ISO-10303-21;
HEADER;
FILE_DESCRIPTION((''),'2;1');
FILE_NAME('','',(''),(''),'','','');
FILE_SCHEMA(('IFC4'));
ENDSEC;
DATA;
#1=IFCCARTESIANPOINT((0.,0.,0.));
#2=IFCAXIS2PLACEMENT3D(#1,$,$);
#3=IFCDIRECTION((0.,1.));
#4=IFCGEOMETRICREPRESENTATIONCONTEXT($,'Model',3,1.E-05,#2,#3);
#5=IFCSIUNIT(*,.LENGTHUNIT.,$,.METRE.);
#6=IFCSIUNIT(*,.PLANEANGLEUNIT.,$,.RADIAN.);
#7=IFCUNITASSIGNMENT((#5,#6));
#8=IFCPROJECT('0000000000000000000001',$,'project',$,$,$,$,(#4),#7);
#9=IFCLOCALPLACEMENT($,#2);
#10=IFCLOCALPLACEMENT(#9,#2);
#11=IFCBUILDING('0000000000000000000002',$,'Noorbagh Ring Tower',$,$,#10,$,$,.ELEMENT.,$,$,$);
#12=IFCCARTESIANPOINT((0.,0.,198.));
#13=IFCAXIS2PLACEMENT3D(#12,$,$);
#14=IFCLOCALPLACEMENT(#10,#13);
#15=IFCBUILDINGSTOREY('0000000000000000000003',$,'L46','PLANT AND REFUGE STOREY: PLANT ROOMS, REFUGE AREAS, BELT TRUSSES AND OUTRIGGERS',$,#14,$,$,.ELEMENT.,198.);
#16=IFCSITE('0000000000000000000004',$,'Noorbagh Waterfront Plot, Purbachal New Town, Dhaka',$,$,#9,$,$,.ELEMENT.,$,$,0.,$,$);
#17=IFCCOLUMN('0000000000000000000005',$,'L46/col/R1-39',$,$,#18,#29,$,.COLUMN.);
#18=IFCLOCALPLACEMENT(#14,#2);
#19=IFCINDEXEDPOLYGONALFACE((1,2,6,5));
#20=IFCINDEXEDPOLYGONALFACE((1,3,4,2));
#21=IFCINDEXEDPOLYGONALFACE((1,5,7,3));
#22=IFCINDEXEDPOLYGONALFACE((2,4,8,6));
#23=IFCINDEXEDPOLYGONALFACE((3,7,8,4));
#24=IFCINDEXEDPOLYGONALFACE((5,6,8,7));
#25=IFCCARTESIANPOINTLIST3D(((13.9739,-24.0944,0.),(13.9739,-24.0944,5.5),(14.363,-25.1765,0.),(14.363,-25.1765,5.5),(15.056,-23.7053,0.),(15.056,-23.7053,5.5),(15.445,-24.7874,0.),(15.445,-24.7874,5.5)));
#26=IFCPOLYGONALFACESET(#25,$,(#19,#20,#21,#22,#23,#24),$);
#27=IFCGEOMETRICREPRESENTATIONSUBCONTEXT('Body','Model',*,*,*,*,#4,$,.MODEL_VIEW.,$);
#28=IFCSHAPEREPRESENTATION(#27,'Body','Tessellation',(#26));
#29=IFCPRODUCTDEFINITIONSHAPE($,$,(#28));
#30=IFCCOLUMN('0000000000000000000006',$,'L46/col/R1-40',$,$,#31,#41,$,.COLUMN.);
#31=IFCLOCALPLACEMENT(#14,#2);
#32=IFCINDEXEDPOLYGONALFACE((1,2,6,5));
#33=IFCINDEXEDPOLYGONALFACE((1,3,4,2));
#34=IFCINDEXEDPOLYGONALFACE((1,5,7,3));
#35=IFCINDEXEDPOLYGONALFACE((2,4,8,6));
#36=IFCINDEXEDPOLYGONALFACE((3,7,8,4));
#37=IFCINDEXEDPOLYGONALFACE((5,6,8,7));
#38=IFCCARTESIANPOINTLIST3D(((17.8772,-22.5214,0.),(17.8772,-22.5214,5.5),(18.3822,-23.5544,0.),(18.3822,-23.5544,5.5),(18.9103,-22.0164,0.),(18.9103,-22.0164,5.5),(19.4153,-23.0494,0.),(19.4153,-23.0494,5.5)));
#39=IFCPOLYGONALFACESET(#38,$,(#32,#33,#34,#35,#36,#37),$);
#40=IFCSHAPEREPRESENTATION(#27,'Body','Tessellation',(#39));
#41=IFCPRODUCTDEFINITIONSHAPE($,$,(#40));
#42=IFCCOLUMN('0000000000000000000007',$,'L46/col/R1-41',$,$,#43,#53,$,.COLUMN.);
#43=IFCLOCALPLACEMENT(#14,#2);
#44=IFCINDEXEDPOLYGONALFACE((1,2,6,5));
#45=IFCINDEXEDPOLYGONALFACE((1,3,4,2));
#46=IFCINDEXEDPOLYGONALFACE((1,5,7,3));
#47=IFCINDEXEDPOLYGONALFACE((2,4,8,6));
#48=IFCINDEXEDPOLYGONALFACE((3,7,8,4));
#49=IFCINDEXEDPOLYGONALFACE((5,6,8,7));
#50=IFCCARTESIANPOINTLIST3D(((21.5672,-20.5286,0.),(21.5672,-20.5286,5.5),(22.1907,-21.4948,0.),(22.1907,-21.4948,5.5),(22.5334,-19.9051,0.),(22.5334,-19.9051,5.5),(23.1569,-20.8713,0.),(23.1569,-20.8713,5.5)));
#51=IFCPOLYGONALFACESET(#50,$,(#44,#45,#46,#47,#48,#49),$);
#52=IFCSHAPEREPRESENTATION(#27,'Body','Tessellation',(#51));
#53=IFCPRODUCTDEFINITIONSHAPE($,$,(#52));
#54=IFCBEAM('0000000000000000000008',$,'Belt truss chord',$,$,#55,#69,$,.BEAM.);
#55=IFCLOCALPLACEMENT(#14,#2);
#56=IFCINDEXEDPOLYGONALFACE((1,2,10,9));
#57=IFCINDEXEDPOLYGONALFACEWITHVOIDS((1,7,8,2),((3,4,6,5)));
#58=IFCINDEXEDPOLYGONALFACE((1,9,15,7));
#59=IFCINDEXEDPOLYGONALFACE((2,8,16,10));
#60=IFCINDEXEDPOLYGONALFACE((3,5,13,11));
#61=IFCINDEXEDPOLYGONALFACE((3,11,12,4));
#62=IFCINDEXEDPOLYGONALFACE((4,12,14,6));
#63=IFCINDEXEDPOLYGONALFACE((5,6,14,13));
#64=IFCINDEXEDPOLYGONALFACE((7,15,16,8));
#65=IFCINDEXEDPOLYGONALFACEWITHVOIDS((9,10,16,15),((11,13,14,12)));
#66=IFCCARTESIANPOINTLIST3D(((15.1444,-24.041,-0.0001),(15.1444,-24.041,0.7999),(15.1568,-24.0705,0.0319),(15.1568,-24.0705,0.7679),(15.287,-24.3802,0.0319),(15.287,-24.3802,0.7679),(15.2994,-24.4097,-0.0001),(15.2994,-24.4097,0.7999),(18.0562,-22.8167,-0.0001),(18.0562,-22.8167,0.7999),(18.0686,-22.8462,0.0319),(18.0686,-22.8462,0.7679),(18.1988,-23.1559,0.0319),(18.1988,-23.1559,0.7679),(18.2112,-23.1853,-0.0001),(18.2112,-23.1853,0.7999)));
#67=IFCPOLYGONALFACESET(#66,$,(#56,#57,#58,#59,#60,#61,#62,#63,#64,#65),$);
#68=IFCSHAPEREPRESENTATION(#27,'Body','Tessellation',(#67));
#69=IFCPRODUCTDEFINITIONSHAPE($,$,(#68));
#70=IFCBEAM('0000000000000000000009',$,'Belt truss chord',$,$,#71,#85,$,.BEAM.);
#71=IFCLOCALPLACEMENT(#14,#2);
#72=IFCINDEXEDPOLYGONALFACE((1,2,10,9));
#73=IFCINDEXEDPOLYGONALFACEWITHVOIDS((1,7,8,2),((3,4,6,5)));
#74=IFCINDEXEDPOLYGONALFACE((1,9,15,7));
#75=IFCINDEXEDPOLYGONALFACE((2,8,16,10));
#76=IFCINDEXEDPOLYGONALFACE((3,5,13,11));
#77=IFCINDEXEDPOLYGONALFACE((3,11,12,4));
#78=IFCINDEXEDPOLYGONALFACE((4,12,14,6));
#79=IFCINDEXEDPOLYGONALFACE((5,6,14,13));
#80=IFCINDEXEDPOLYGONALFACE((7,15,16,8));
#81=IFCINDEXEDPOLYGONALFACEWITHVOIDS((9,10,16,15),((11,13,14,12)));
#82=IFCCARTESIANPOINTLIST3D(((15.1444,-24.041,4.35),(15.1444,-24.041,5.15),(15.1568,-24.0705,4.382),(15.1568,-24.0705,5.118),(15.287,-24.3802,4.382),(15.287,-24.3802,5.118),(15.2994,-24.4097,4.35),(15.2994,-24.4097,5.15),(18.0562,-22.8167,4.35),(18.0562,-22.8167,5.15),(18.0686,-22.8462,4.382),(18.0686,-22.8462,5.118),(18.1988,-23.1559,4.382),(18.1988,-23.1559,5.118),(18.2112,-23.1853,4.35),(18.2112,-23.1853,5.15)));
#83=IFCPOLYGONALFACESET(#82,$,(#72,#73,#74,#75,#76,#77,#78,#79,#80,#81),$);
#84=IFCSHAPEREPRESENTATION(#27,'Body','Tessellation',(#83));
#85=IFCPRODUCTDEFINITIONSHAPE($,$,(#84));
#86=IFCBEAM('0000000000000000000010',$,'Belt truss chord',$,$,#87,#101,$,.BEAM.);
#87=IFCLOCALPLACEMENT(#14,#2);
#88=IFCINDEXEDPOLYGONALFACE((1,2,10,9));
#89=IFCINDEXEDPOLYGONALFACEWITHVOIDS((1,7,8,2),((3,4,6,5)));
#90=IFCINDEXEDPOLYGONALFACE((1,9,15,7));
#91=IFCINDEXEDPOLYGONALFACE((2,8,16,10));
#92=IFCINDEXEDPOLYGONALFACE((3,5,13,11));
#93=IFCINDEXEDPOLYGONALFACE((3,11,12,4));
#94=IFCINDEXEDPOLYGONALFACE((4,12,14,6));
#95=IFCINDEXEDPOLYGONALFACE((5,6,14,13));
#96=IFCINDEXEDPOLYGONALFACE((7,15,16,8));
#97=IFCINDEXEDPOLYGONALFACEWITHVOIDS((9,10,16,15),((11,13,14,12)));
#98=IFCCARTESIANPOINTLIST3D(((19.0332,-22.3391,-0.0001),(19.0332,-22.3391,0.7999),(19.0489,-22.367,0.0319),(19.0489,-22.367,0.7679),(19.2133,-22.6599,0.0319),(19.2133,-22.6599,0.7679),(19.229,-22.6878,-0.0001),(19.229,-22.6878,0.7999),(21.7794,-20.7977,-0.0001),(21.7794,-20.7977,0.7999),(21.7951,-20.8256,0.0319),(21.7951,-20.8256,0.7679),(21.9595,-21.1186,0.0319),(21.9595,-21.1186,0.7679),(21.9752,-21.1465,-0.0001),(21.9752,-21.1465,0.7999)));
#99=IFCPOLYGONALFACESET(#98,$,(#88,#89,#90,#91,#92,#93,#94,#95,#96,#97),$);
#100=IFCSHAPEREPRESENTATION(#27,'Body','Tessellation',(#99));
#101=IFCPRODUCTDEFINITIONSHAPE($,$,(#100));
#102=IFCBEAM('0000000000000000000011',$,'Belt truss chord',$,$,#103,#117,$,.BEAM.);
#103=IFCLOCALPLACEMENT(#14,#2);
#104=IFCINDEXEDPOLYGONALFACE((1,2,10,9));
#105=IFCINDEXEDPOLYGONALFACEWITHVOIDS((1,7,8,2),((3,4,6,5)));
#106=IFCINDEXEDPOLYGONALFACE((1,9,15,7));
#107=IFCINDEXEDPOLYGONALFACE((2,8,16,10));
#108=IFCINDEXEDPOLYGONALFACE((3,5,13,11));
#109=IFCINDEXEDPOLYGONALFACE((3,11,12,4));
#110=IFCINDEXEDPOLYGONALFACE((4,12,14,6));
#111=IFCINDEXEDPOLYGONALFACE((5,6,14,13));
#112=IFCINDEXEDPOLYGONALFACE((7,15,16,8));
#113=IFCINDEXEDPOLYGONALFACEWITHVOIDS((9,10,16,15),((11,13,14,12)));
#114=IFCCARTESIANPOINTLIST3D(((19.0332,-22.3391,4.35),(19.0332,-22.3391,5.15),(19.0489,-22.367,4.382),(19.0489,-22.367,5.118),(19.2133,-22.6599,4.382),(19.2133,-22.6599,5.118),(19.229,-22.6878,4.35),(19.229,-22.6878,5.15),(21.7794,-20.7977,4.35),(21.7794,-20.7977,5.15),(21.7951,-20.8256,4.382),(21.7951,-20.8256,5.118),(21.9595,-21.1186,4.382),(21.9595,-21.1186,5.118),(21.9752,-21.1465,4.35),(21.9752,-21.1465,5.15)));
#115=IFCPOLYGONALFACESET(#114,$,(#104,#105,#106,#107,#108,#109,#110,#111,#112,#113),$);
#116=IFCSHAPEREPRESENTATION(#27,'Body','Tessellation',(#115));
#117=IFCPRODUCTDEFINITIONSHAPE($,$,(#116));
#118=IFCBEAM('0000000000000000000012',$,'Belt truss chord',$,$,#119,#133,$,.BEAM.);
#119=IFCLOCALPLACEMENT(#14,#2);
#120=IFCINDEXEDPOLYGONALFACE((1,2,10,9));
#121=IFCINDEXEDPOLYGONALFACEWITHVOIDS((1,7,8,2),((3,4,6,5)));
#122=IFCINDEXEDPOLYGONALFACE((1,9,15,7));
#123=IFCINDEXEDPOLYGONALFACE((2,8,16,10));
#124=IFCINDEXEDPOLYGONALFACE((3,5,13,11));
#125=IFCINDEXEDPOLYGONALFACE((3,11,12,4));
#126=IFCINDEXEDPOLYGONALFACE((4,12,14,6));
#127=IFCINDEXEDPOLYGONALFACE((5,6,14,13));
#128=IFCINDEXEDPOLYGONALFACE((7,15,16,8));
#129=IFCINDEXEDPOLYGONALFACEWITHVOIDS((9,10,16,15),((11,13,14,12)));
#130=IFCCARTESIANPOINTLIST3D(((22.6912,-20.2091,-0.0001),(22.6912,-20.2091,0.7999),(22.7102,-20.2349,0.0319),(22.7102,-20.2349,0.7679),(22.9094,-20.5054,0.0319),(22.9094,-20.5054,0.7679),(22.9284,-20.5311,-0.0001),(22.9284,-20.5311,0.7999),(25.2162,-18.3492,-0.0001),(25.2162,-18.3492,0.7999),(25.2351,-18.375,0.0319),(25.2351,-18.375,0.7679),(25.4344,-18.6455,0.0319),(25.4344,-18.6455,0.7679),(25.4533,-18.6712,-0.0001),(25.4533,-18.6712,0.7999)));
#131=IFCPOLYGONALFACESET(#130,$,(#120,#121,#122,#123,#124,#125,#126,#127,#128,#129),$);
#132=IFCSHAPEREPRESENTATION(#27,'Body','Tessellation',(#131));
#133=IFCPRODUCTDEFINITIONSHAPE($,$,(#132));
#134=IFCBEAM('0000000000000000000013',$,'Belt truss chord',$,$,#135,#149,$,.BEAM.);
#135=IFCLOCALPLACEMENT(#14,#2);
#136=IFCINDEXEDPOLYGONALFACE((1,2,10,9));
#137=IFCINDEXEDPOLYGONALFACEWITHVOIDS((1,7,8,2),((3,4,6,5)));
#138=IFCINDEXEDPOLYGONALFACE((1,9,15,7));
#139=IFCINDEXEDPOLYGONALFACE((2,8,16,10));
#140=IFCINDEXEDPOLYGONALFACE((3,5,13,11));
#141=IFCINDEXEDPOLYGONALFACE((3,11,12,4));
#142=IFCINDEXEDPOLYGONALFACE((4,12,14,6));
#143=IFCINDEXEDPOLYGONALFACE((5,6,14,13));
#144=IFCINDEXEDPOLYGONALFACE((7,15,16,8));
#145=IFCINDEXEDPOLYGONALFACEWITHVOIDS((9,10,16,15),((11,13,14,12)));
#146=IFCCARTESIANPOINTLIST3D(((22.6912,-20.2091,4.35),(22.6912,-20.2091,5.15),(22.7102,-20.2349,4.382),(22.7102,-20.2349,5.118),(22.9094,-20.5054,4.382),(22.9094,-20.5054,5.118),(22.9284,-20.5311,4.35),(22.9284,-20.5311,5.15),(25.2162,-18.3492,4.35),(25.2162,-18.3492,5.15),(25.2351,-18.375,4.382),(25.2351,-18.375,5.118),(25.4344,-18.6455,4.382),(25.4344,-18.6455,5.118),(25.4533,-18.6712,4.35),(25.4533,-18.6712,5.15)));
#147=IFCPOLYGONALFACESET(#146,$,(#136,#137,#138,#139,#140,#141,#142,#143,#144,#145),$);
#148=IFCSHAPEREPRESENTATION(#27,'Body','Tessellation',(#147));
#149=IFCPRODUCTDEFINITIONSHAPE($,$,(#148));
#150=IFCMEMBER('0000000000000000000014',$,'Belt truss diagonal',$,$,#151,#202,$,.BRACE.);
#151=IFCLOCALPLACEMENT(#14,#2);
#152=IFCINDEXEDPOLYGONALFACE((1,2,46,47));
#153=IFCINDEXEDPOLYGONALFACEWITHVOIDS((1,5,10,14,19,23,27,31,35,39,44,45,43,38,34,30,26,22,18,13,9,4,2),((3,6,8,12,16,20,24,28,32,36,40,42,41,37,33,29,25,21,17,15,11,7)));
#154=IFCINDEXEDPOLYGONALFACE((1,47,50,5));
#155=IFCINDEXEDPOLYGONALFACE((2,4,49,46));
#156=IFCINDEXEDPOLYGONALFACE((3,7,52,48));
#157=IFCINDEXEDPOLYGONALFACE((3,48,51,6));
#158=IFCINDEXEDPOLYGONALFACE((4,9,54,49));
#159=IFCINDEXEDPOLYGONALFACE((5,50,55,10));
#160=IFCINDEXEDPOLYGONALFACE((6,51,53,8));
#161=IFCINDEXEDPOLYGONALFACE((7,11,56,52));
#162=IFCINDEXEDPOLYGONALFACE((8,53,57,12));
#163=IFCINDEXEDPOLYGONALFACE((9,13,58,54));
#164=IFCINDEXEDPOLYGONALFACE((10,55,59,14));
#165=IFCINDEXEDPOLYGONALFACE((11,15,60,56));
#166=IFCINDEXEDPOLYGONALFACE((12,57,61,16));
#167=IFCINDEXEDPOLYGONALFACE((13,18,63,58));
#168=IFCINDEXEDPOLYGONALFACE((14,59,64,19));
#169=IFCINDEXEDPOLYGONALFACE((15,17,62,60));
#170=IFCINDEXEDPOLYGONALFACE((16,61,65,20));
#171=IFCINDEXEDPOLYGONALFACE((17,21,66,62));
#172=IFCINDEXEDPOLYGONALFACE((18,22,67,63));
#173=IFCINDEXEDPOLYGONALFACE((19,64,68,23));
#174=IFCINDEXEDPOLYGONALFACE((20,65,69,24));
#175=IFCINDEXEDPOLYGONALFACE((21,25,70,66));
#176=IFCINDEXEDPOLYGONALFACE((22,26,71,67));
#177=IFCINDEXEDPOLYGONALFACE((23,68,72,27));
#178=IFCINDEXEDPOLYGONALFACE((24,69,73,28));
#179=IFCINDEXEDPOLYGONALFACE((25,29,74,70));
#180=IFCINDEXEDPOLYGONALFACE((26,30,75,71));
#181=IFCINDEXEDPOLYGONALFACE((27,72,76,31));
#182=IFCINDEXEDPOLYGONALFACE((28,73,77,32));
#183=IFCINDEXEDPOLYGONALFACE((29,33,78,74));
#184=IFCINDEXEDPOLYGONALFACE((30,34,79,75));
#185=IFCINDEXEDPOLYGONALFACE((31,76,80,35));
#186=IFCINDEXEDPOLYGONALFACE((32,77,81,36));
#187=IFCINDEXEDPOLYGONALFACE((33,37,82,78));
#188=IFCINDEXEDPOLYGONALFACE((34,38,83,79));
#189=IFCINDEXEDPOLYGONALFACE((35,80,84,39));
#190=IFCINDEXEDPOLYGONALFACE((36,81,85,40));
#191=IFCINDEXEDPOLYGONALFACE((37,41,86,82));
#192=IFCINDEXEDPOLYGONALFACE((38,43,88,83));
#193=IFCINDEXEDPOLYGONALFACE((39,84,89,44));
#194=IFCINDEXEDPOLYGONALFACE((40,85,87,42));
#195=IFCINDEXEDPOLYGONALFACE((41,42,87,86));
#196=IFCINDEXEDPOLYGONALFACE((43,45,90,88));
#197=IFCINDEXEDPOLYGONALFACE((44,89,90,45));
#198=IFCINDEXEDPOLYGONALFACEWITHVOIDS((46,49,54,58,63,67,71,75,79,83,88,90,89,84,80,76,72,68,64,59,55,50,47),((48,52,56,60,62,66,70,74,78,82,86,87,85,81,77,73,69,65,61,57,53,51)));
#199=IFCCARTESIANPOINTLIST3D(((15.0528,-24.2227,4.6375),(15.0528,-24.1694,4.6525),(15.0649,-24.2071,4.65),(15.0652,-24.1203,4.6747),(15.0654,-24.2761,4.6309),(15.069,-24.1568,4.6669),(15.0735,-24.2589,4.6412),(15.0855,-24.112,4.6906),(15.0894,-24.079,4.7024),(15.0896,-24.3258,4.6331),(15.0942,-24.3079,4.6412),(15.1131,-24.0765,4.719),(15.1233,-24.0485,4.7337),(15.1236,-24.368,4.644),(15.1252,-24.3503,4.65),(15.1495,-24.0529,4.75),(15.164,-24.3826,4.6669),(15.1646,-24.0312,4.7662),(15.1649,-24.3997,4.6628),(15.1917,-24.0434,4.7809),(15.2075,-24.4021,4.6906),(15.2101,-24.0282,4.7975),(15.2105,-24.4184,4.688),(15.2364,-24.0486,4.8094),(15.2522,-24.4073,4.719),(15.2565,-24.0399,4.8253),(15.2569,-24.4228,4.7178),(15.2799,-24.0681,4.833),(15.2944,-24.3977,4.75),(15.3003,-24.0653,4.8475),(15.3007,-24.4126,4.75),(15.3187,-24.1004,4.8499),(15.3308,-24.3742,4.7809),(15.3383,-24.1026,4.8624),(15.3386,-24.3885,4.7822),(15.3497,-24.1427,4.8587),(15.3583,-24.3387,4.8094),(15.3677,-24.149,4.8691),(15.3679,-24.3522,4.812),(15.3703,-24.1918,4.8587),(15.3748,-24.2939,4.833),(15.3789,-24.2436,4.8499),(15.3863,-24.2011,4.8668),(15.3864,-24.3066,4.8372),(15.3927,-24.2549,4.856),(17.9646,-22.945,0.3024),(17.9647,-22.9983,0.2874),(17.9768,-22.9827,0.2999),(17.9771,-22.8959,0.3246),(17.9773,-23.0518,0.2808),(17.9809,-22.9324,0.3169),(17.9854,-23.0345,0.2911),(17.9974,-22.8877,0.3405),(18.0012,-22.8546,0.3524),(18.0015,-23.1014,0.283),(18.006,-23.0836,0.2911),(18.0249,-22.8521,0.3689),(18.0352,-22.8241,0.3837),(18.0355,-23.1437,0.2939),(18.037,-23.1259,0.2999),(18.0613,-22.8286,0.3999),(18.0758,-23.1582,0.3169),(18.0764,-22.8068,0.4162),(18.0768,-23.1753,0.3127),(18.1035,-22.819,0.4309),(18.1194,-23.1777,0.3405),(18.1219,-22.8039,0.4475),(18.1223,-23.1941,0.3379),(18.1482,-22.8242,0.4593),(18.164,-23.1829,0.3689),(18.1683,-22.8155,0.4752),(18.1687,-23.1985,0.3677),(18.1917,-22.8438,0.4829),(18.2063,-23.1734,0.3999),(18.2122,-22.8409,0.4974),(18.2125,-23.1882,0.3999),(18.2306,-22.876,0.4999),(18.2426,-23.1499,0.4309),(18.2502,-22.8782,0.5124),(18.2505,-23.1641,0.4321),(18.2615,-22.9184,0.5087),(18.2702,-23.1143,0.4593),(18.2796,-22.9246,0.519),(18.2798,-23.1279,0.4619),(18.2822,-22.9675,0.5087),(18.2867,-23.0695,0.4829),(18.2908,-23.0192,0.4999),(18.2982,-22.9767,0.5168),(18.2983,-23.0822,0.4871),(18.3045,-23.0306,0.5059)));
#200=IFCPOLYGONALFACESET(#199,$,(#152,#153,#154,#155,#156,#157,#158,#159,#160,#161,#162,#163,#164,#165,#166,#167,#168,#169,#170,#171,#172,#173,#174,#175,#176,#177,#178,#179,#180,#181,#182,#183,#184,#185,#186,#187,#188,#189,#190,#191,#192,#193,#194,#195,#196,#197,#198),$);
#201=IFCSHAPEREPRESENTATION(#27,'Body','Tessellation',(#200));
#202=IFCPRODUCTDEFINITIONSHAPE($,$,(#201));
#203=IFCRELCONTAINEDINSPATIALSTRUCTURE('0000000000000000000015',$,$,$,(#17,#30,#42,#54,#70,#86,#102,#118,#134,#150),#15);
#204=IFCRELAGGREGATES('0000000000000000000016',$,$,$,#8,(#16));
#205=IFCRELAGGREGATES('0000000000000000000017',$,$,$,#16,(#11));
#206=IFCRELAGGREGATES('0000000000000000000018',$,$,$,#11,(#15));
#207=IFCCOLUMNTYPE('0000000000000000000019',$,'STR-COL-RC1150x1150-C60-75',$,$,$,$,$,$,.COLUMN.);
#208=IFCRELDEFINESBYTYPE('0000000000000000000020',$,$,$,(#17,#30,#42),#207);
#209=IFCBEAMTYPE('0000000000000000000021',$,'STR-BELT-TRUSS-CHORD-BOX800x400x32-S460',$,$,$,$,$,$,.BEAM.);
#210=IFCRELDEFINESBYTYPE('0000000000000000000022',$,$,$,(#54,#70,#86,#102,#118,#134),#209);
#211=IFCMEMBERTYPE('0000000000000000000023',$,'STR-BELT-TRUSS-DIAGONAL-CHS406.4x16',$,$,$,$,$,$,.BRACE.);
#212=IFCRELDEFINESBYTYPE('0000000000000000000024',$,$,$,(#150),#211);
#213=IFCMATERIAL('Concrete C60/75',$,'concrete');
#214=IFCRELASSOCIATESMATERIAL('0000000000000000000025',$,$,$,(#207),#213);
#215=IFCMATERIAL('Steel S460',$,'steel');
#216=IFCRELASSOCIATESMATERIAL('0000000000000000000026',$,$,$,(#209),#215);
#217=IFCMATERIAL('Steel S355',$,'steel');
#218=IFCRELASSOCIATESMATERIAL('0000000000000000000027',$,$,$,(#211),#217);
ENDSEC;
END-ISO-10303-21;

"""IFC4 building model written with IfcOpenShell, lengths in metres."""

from ifc_helpers import new_model, si_unit, direction, frame, origin, origin_2d, place, context, subcontext, project, spatial, rectangle, hollow_rectangle, hollow_circle, extrude, material, material_profile, profile_set, type_object, element, save


model = new_model("IFC4")

# Units and contexts
model_context = context("Model", 3, precision=1e-05, world=origin(), true_north=direction((0.0, 1.0)))
body_context = subcontext(model_context, "Body", "Model", "MODEL_VIEW")
ifc_project = project(units=[si_unit("LENGTHUNIT", "METRE"), si_unit("PLANEANGLEUNIT", "RADIAN")], contexts=[model_context])

# Site, building, storey
site_placement = place(None, origin())
site = spatial("IfcSite", under=ifc_project, at=site_placement, Name="Noorbagh Waterfront Plot, Purbachal New Town, Dhaka", CompositionType="ELEMENT", RefElevation=0.0)
building_placement = place(site_placement, origin())
building = spatial("IfcBuilding", under=site, at=building_placement, Name="Noorbagh Ring Tower", CompositionType="ELEMENT")
storey_placement = place(building_placement, frame((0.0, 0.0, 198.0)))
storey = spatial("IfcBuildingStorey", under=building, at=storey_placement, Name="L46", Description="PLANT AND REFUGE STOREY: PLANT ROOMS, REFUGE AREAS, BELT TRUSSES AND OUTRIGGERS", CompositionType="ELEMENT", Elevation=198.0)

# Columns
ifc_material_1 = material(Name="Concrete C60/75", Category="concrete")
ifc_material_profile_1 = material_profile(ifc_material_1, rectangle(XDim=1.1499, YDim=1.1499, at=origin_2d()), Name="RC1150x1150")
ifc_profile_set_1 = profile_set([ifc_material_profile_1], Name="Concrete C60/75")
column_type = type_object("IfcColumnType", Name="STR-COL-RC1150x1150-C60-75", PredefinedType="COLUMN", material=ifc_profile_set_1)
for number, where, z_axis, x_axis, name in (
    (1, (14.7095, -24.4409, 0.0), (0.0, 0.0, 1.0), (0.941025, 0.338338, 0.0), "L46/col/R1-39"),
    (2, (18.6462, -22.7854, 0.0), (0.0, 0.0, 1.0), (0.898399, 0.43918, 0.0), "L46/col/R1-40"),
    (3, (22.3621, -20.7, 0.0), (0.0, 0.0, 1.0), (0.840248, 0.542203, 0.0), "L46/col/R1-41"),
):
    element("IfcColumn", number, at=place(storey_placement, frame(where, z_axis=z_axis, x_axis=x_axis)), inside=storey, type_object=column_type, Name=name, PredefinedType="COLUMN", context=body_context, shape_type="SweptSolid", body=[
        extrude(rectangle(XDim=1.1499, YDim=1.1499, at=origin_2d()), origin(), (0.0, 0.0, 1.0), 5.5),
    ])

# Beams
ifc_material_2 = material(Name="Steel S460", Category="steel")
ifc_material_profile_2 = material_profile(ifc_material_2, hollow_rectangle(XDim=0.3999, YDim=0.8, WallThickness=0.032, at=origin_2d()), Name="BOX800x400x32")
ifc_profile_set_2 = profile_set([ifc_material_profile_2], Name="Steel S460")
beam_type_1 = type_object("IfcBeamType", Name="STR-BELT-TRUSS-CHORD-BOX800x400x32-S460", PredefinedType="BEAM", material=ifc_profile_set_2)
for number, where, z_axis, x_axis, name in (
    (4, (15.2219, -24.2253, 0.3999), (0.921826, 0.387604, 0.0), (-0.387604, 0.921826, 0.0), "Belt truss chord"),
    (5, (15.2219, -24.2253, 4.75), (0.921826, 0.387604, 0.0), (-0.387604, 0.921826, 0.0), "Belt truss chord"),
):
    element("IfcBeam", number, at=place(storey_placement, frame(where, z_axis=z_axis, x_axis=x_axis)), inside=storey, type_object=beam_type_1, Name=name, PredefinedType="BEAM", context=body_context, shape_type="SweptSolid", body=[
        extrude(hollow_rectangle(XDim=0.3999, YDim=0.8, WallThickness=0.032, at=origin_2d()), origin(), (0.0, 0.0, 1.0), 3.1587),
    ])
for number, where, z_axis, x_axis, name in (
    (6, (19.1311, -22.5134, 0.3999), (0.872039, 0.489437, 0.0), (-0.489437, 0.872039, 0.0), "Belt truss chord"),
    (7, (19.1311, -22.5134, 4.75), (0.872039, 0.489437, 0.0), (-0.489437, 0.872039, 0.0), "Belt truss chord"),
):
    element("IfcBeam", number, at=place(storey_placement, frame(where, z_axis=z_axis, x_axis=x_axis)), inside=storey, type_object=beam_type_1, Name=name, PredefinedType="BEAM", context=body_context, shape_type="SweptSolid", body=[
        extrude(hollow_rectangle(XDim=0.3999, YDim=0.8, WallThickness=0.032, at=origin_2d()), origin(), (0.0, 0.0, 1.0), 3.1492),
    ])
for number, where, z_axis, x_axis, name in (
    (8, (22.8098, -20.3701, 0.3999), (0.805146, 0.593077, 0.0), (-0.593077, 0.805146, 0.0), "Belt truss chord"),
    (9, (22.8098, -20.3701, 4.75), (0.805146, 0.593077, 0.0), (-0.593077, 0.805146, 0.0), "Belt truss chord"),
):
    element("IfcBeam", number, at=place(storey_placement, frame(where, z_axis=z_axis, x_axis=x_axis)), inside=storey, type_object=beam_type_1, Name=name, PredefinedType="BEAM", context=body_context, shape_type="SweptSolid", body=[
        extrude(hollow_rectangle(XDim=0.3999, YDim=0.8, WallThickness=0.032, at=origin_2d()), origin(), (0.0, 0.0, 1.0), 3.136),
    ])

# Member
ifc_material_3 = material(Name="Steel S355", Category="steel")
ifc_material_profile_3 = material_profile(ifc_material_3, hollow_circle(Radius=0.2031, WallThickness=0.0161, at=origin_2d()), Name="CHS406.4x16")
ifc_profile_set_3 = profile_set([ifc_material_profile_3], Name="Steel S355")
member_type = type_object("IfcMemberType", Name="STR-BELT-TRUSS-DIAGONAL-CHS406.4x16", PredefinedType="BRACE", material=ifc_profile_set_3)
member_1_placement = place(storey_placement, frame((18.1338, -23.001, 0.3999), z_axis=(-0.541642, -0.227746, 0.80917), x_axis=(0.387604, -0.921826, 0.0)))
element("IfcMember", 10, at=member_1_placement, inside=storey, type_object=member_type, Name="Belt truss diagonal", PredefinedType="BRACE", context=body_context, shape_type="SweptSolid", body=[
    extrude(hollow_circle(Radius=0.2031, WallThickness=0.0161, at=origin_2d()), origin(), (0.0, 0.0, 1.0), 5.376),
])

save(model, "model.ifc")
